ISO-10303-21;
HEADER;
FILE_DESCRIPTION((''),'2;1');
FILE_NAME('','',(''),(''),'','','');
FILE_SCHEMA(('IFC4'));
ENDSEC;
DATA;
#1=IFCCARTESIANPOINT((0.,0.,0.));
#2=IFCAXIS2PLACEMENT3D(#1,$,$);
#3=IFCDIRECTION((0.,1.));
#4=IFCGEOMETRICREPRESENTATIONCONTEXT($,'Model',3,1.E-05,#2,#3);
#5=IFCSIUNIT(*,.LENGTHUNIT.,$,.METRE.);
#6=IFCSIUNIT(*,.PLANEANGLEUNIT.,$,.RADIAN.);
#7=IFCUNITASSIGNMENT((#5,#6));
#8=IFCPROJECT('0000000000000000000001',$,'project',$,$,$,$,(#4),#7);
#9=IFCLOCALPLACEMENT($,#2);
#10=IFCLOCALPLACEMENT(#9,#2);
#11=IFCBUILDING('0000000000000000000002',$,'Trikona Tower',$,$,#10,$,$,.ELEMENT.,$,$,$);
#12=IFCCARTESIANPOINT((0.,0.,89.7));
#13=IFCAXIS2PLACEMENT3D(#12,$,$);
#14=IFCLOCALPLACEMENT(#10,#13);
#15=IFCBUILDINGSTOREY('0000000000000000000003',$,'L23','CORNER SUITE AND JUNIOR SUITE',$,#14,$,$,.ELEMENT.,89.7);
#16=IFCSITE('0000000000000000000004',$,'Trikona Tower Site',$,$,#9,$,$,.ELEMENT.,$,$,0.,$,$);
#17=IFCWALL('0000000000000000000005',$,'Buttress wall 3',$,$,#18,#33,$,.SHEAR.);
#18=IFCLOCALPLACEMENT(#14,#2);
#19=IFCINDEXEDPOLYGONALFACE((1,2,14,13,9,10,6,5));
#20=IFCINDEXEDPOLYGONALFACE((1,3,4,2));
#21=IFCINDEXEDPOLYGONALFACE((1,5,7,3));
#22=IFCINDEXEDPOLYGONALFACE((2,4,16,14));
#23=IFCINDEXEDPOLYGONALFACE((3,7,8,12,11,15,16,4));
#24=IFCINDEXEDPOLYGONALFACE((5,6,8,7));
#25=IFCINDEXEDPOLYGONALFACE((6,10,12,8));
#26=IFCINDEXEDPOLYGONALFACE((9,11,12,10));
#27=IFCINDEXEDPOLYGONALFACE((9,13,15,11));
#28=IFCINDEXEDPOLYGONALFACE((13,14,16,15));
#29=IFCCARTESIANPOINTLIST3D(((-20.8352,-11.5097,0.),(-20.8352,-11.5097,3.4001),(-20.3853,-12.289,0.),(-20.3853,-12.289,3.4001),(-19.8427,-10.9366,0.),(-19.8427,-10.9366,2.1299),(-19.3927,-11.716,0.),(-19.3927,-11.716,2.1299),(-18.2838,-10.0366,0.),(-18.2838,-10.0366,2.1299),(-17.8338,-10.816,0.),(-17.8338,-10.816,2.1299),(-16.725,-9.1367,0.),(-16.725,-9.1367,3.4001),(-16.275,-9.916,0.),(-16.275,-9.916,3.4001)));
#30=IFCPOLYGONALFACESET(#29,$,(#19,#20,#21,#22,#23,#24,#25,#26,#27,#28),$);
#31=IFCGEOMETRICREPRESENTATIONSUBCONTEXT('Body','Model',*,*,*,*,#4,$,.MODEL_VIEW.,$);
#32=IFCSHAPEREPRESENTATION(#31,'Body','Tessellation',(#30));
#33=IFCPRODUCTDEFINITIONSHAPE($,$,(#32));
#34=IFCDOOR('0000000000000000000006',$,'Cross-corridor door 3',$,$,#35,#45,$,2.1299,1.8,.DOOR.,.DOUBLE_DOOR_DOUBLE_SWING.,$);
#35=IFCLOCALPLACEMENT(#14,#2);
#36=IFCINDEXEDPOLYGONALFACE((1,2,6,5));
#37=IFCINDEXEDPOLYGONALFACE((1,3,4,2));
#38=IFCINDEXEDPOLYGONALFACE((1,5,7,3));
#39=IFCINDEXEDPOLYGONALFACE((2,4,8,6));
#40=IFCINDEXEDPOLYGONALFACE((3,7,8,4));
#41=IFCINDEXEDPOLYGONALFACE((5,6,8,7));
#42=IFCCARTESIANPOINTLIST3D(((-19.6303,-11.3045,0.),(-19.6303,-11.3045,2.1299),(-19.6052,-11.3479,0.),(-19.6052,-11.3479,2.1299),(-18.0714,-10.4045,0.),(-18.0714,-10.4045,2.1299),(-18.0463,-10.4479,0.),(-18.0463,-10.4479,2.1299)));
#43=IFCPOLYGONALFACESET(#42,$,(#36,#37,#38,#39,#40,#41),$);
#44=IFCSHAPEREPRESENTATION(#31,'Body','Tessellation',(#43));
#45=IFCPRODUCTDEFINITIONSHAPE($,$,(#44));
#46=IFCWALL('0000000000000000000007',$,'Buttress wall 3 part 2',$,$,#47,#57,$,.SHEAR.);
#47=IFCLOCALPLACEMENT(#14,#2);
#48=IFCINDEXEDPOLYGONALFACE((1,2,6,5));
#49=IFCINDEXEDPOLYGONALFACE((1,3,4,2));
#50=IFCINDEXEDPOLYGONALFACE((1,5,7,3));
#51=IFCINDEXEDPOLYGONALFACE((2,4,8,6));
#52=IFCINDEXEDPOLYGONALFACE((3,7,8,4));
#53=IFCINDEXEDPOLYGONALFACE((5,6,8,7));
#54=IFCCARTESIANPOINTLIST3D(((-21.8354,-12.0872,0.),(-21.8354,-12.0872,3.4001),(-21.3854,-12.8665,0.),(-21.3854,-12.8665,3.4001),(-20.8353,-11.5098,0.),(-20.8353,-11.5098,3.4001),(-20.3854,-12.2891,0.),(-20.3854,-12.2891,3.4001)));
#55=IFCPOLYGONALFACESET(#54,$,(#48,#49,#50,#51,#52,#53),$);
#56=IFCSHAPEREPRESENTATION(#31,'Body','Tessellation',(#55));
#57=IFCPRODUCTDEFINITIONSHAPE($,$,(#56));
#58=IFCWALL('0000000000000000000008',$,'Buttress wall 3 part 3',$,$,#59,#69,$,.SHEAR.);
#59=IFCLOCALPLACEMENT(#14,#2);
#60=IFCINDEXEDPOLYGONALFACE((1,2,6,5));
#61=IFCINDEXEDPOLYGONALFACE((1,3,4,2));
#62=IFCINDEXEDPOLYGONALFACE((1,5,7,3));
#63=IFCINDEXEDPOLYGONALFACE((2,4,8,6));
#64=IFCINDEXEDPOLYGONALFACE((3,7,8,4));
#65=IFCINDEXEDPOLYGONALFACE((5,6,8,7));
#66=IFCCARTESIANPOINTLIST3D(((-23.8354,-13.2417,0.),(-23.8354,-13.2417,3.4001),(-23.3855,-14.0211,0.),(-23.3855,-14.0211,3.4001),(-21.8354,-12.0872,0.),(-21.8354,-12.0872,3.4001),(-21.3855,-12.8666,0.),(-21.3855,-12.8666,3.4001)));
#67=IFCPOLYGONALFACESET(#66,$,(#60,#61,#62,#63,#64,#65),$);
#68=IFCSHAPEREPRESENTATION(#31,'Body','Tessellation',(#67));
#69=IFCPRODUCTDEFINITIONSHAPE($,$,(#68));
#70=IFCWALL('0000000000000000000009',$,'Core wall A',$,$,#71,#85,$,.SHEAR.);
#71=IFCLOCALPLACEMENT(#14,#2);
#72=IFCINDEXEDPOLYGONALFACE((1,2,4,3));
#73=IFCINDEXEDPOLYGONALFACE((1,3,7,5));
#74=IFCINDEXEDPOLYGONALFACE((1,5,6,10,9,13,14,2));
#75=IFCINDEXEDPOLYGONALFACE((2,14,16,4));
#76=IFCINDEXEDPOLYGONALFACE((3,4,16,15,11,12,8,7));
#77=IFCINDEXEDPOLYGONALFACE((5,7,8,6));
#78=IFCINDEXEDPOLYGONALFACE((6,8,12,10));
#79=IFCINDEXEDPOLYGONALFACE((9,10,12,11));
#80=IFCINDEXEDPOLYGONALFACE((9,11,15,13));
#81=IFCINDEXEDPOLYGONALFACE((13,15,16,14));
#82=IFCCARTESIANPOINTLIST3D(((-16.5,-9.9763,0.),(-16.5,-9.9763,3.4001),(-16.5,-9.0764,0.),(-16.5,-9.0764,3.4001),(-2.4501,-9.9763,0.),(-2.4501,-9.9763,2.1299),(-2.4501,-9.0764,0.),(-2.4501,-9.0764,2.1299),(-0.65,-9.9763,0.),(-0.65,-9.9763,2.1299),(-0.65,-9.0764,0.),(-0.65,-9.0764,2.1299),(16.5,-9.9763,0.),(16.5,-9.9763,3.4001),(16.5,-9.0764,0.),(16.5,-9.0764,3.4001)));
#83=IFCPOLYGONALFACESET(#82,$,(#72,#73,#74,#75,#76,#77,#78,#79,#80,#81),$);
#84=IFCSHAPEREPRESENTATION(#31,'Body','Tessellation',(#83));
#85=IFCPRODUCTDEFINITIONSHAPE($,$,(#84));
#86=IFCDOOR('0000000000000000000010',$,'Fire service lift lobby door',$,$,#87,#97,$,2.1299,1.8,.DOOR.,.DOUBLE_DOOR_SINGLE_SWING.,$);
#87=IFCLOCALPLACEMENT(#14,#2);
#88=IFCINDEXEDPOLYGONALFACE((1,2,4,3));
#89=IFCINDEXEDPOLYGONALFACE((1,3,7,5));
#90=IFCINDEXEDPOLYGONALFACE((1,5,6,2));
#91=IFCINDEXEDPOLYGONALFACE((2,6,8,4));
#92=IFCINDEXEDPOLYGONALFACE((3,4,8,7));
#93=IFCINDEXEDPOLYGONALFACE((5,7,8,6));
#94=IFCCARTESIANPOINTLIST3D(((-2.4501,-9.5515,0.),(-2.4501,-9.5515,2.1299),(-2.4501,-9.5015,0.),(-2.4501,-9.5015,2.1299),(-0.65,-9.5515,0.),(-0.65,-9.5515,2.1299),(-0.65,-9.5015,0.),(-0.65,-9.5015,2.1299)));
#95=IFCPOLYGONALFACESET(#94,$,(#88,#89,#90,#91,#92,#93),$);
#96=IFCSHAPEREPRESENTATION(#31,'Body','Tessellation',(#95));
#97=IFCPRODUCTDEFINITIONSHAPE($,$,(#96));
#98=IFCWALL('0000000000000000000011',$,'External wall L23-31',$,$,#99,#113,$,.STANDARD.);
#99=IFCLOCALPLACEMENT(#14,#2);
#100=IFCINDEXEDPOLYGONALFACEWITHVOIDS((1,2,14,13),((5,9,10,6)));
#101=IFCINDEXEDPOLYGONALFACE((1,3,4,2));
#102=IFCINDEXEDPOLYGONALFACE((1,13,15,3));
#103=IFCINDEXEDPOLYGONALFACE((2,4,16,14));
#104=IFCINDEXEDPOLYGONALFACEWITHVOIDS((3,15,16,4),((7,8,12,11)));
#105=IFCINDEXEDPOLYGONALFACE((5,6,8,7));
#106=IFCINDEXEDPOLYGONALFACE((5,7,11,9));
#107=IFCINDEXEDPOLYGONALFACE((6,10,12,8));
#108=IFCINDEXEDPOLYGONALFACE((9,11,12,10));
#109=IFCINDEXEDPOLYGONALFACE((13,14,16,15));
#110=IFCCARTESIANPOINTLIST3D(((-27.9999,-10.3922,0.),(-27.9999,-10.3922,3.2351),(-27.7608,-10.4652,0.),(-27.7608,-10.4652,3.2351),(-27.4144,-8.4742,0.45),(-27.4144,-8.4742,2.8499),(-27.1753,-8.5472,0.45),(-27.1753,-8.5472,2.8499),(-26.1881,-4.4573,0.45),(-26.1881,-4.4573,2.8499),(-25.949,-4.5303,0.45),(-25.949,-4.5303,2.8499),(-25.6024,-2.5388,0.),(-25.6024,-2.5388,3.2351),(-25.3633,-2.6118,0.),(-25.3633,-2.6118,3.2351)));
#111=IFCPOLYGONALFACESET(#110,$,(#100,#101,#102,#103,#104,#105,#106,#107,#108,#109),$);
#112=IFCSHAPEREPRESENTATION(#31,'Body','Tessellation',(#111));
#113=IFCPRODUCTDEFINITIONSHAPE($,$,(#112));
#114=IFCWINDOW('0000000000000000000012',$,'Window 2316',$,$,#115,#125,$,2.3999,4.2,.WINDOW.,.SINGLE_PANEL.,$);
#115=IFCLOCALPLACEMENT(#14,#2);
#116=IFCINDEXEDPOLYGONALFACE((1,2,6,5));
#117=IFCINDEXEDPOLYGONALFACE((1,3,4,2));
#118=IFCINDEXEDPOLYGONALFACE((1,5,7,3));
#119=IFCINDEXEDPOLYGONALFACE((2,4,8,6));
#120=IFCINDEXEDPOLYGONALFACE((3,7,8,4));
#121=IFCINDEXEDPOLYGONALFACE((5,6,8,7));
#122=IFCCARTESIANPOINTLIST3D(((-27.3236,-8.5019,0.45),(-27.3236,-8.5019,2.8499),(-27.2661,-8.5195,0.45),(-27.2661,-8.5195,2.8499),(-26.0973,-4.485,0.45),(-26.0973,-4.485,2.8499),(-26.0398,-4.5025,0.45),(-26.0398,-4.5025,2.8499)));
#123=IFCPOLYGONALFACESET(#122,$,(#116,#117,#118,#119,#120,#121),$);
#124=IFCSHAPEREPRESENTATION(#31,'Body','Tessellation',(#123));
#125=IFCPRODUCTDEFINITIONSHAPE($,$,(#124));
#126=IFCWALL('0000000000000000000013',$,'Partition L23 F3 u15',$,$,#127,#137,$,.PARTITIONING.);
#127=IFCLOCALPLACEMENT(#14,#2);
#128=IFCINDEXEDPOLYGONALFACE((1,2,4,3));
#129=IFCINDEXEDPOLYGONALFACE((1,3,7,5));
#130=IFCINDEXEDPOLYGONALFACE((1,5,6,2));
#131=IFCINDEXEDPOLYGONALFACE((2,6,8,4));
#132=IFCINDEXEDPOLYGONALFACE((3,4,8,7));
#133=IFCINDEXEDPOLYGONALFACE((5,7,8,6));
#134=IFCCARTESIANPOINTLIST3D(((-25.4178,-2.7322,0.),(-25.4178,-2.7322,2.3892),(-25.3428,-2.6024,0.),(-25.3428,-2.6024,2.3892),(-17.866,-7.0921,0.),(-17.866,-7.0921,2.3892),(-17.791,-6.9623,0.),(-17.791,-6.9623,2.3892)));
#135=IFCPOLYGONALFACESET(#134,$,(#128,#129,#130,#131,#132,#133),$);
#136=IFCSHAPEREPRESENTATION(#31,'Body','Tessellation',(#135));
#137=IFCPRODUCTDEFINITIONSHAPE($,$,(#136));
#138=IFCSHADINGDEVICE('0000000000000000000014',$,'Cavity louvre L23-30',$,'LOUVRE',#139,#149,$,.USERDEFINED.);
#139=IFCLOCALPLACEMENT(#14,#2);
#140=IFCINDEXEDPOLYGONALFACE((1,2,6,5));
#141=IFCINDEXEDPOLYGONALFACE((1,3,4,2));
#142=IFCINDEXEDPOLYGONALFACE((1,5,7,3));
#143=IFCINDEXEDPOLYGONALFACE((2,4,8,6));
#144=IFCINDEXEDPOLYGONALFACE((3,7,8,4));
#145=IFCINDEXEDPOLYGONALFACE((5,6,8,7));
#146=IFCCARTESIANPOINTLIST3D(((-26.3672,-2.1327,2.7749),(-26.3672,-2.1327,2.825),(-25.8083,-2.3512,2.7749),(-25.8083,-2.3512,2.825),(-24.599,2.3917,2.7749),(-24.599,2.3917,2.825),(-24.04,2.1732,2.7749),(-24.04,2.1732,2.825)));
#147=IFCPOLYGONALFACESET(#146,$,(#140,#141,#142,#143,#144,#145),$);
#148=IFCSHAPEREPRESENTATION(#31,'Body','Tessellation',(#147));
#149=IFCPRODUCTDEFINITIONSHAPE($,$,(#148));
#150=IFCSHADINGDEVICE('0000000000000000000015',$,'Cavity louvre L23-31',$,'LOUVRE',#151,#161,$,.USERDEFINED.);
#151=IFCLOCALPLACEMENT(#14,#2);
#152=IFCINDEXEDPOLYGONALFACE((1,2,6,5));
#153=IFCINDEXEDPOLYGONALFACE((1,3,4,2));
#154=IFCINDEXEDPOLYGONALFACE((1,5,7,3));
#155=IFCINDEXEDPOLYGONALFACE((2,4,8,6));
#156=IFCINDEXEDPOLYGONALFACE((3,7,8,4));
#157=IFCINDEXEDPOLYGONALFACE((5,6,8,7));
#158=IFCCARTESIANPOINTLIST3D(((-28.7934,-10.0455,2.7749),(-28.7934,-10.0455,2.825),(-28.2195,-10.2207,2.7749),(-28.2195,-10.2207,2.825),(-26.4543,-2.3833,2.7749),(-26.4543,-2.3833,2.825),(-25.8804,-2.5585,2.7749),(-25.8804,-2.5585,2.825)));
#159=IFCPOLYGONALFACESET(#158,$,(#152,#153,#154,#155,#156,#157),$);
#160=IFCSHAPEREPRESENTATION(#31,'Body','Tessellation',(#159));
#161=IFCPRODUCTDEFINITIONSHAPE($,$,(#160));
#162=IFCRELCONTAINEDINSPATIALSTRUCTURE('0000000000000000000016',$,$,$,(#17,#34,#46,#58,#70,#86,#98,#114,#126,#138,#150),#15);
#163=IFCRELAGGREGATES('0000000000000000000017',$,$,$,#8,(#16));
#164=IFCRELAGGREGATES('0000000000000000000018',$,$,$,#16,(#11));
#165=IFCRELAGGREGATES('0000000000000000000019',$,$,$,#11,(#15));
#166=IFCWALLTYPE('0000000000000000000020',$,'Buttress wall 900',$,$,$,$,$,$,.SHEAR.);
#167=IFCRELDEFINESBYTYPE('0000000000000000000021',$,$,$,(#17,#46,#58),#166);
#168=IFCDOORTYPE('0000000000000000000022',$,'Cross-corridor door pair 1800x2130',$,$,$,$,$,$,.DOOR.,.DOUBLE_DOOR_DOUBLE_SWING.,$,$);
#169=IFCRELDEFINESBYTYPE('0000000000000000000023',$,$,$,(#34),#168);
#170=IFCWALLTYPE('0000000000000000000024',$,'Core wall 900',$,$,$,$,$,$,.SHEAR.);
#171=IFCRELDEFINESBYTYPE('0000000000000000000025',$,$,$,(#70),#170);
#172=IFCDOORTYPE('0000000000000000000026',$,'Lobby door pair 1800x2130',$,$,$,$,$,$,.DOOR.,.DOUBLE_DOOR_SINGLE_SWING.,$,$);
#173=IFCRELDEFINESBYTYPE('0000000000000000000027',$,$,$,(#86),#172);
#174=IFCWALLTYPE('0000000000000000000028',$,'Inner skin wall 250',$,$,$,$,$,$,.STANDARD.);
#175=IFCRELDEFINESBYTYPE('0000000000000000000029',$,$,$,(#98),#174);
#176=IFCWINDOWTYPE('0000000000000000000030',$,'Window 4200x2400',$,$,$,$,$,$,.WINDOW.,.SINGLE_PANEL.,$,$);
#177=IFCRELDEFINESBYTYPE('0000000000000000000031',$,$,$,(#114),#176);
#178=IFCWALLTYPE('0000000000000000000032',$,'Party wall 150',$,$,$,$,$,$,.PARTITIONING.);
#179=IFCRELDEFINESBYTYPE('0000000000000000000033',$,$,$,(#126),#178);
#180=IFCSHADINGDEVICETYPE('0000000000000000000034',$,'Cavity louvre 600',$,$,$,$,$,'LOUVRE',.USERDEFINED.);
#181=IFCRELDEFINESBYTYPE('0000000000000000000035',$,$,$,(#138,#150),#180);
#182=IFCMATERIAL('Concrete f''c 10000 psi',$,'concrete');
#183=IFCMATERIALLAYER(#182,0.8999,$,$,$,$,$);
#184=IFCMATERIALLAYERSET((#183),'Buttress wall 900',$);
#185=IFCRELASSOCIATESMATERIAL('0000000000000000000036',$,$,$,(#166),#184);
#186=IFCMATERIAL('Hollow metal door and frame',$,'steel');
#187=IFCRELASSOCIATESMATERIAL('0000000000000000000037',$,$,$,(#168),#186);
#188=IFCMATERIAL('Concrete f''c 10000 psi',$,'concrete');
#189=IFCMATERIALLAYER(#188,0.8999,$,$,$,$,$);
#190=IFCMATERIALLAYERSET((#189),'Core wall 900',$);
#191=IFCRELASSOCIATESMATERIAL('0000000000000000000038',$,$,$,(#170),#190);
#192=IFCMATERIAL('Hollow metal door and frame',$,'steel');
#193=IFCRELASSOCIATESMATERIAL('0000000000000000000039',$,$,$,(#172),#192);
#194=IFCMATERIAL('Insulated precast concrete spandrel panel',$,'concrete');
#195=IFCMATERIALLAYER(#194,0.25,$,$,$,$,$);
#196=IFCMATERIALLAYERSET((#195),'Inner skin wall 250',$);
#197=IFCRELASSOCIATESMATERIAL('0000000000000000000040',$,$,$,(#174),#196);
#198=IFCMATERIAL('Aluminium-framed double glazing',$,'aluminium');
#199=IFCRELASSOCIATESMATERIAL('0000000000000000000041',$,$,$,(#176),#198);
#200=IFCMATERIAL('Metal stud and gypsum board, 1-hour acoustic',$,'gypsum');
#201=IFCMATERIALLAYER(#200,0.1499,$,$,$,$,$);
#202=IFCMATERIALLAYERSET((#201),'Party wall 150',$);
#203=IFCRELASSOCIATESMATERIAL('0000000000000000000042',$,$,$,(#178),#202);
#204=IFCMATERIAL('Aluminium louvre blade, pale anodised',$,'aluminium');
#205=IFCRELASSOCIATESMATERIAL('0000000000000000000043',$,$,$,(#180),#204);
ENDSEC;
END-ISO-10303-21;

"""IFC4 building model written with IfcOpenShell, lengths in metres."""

from ifc_helpers import new_model, si_unit, direction, frame, frame_2d, origin, origin_2d, place, context, subcontext, project, spatial, rectangle, extrude, material, layer, layer_set, type_object, element, fill, save


model = new_model("IFC4")

# Units and contexts
model_context = context("Model", 3, precision=1e-05, world=origin(), true_north=direction((0.0, 1.0)))
body_context = subcontext(model_context, "Body", "Model", "MODEL_VIEW")
ifc_project = project(units=[si_unit("LENGTHUNIT", "METRE"), si_unit("PLANEANGLEUNIT", "RADIAN")], contexts=[model_context])

# Site, building, storey
site_placement = place(None, origin())
site = spatial("IfcSite", under=ifc_project, at=site_placement, Name="Trikona Tower Site", CompositionType="ELEMENT", RefElevation=0.0)
building_placement = place(site_placement, origin())
building = spatial("IfcBuilding", under=site, at=building_placement, Name="Trikona Tower", CompositionType="ELEMENT")
storey_placement = place(building_placement, frame((0.0, 0.0, 89.7)))
storey = spatial("IfcBuildingStorey", under=building, at=storey_placement, Name="L23", Description="CORNER SUITE AND JUNIOR SUITE", CompositionType="ELEMENT", Elevation=89.7)

# Wall, opening, door
ifc_material_1 = material(Name="Concrete f'c 10000 psi", Category="concrete")
ifc_layer_1 = layer(ifc_material_1, 0.8999)
ifc_layer_set_1 = layer_set([ifc_layer_1], Name="Buttress wall 900")
wall_type_1 = type_object("IfcWallType", Name="Buttress wall 900", PredefinedType="SHEAR", material=ifc_layer_set_1)
wall_1_placement = place(storey_placement, frame((-16.5, -9.5264, 0.0), z_axis=(0.0, 0.0, 1.0), x_axis=(-0.866031, -0.49999, 0.0)))
wall_1 = element("IfcWall", 1, at=wall_1_placement, inside=storey, type_object=wall_type_1, Name="Buttress wall 3", PredefinedType="SHEAR", context=body_context, shape_type="SweptSolid", body=[
    extrude(rectangle(XDim=4.7461, YDim=0.8999, at=frame_2d((2.373, 0.0))), origin(), (0.0, 0.0, 1.0), 3.4001),
])
opening_1_placement = place(wall_1_placement, frame((1.8, 0.0, 0.0)))
opening_1 = element("IfcOpeningElement", 2, at=opening_1_placement, cuts=wall_1, PredefinedType="OPENING", context=body_context, shape_type="SweptSolid", body=[
    extrude(rectangle(XDim=1.8, YDim=2.1299, at=frame_2d((0.8999, 1.0649))), frame((0.0, 0.46, 0.0), z_axis=(0.0, -1.0, 0.0), x_axis=(1.0, 0.0, 0.0)), (0.0, 0.0, 1.0), 0.9199),
])
ifc_material_2 = material(Name="Hollow metal door and frame", Category="steel")
door_type_1 = type_object("IfcDoorType", Name="Cross-corridor door pair 1800x2130", OperationType="DOUBLE_DOOR_DOUBLE_SWING", PredefinedType="DOOR", material=ifc_material_2)
door_1_placement = place(opening_1_placement, origin())
door_1 = element("IfcDoor", 3, at=door_1_placement, inside=storey, type_object=door_type_1, Name="Cross-corridor door 3", OperationType="DOUBLE_DOOR_DOUBLE_SWING", OverallHeight=2.1299, OverallWidth=1.8, PredefinedType="DOOR", context=body_context, shape_type="SweptSolid", body=[
    extrude(rectangle(XDim=1.8, YDim=2.1299, at=frame_2d((0.8999, 1.0649))), frame((0.0, 0.0249, 0.0), z_axis=(0.0, -1.0, 0.0), x_axis=(1.0, 0.0, 0.0)), (0.0, 0.0, 1.0), 0.05),
])
fill(opening_1, door_1)

# Walls
wall_2_placement = place(storey_placement, frame((-20.6104, -11.8994, 0.0), z_axis=(0.0, 0.0, 1.0), x_axis=(-0.86601, -0.500027, 0.0)))
element("IfcWall", 4, at=wall_2_placement, inside=storey, type_object=wall_type_1, Name="Buttress wall 3 part 2", PredefinedType="SHEAR", context=body_context, shape_type="SweptSolid", body=[
    extrude(rectangle(XDim=1.1548, YDim=0.8999, at=frame_2d((0.5774, 0.0))), origin(), (0.0, 0.0, 1.0), 3.4001),
])
wall_3_placement = place(storey_placement, frame((-21.6104, -12.4768, 0.0), z_axis=(0.0, 0.0, 1.0), x_axis=(-0.866055, -0.499948, 0.0)))
element("IfcWall", 5, at=wall_3_placement, inside=storey, type_object=wall_type_1, Name="Buttress wall 3 part 3", PredefinedType="SHEAR", context=body_context, shape_type="SweptSolid", body=[
    extrude(rectangle(XDim=2.3093, YDim=0.8999, at=frame_2d((1.1548, 0.0))), origin(), (0.0, 0.0, 1.0), 3.4001),
])

# Wall, opening, door
ifc_material_3 = material(Name="Concrete f'c 10000 psi", Category="concrete")
ifc_layer_2 = layer(ifc_material_3, 0.8999)
ifc_layer_set_2 = layer_set([ifc_layer_2], Name="Core wall 900")
wall_type_2 = type_object("IfcWallType", Name="Core wall 900", PredefinedType="SHEAR", material=ifc_layer_set_2)
wall_4_placement = place(storey_placement, frame((-16.5, -9.5264, 0.0), z_axis=(0.0, 0.0, 1.0), x_axis=(1.0, 0.0, 0.0)))
wall_4 = element("IfcWall", 6, at=wall_4_placement, inside=storey, type_object=wall_type_2, Name="Core wall A", PredefinedType="SHEAR", context=body_context, shape_type="SweptSolid", body=[
    extrude(rectangle(XDim=33.0, YDim=0.8999, at=frame_2d((16.5, 0.0))), origin(), (0.0, 0.0, 1.0), 3.4001),
])
opening_2_placement = place(wall_4_placement, frame((14.05, 0.0, 0.0)))
opening_2 = element("IfcOpeningElement", 7, at=opening_2_placement, cuts=wall_4, PredefinedType="OPENING", context=body_context, shape_type="SweptSolid", body=[
    extrude(rectangle(XDim=1.8, YDim=2.1299, at=frame_2d((0.8999, 1.0649))), frame((0.0, 0.46, 0.0), z_axis=(0.0, -1.0, 0.0), x_axis=(1.0, 0.0, 0.0)), (0.0, 0.0, 1.0), 0.9199),
])
ifc_material_4 = material(Name="Hollow metal door and frame", Category="steel")
door_type_2 = type_object("IfcDoorType", Name="Lobby door pair 1800x2130", OperationType="DOUBLE_DOOR_SINGLE_SWING", PredefinedType="DOOR", material=ifc_material_4)
door_2_placement = place(opening_2_placement, origin())
door_2 = element("IfcDoor", 8, at=door_2_placement, inside=storey, type_object=door_type_2, Name="Fire service lift lobby door", OperationType="DOUBLE_DOOR_SINGLE_SWING", OverallHeight=2.1299, OverallWidth=1.8, PredefinedType="DOOR", context=body_context, shape_type="SweptSolid", body=[
    extrude(rectangle(XDim=1.8, YDim=2.1299, at=frame_2d((0.8999, 1.0649))), frame((0.0, 0.0249, 0.0), z_axis=(0.0, -1.0, 0.0), x_axis=(1.0, 0.0, 0.0)), (0.0, 0.0, 1.0), 0.05),
])
fill(opening_2, door_2)

# Wall, opening, window
ifc_material_5 = material(Name="Insulated precast concrete spandrel panel", Category="concrete")
ifc_layer_3 = layer(ifc_material_5, 0.25)
ifc_layer_set_3 = layer_set([ifc_layer_3], Name="Inner skin wall 250")
wall_type_3 = type_object("IfcWallType", Name="Inner skin wall 250", PredefinedType="STANDARD", material=ifc_layer_set_3)
wall_5_placement = place(storey_placement, frame((-25.4829, -2.5754, 0.0), z_axis=(0.0, 0.0, 1.0), x_axis=(-0.291979, -0.956425, 0.0)))
wall_5 = element("IfcWall", 9, at=wall_5_placement, inside=storey, type_object=wall_type_3, Name="External wall L23-31", PredefinedType="STANDARD", context=body_context, shape_type="SweptSolid", body=[
    extrude(rectangle(XDim=8.2112, YDim=0.25, at=frame_2d((4.1055, 0.0))), origin(), (0.0, 0.0, 1.0), 3.2351),
])
opening_3_placement = place(wall_5_placement, frame((2.0056, 0.0, 0.45)))
opening_3 = element("IfcOpeningElement", 10, at=opening_3_placement, cuts=wall_5, PredefinedType="OPENING", context=body_context, shape_type="SweptSolid", body=[
    extrude(rectangle(XDim=4.2, YDim=2.3999, at=frame_2d((2.1001, 1.2))), frame((0.0, 0.135, 0.0), z_axis=(0.0, -1.0, 0.0), x_axis=(1.0, 0.0, 0.0)), (0.0, 0.0, 1.0), 0.27),
])
ifc_material_6 = material(Name="Aluminium-framed double glazing", Category="aluminium")
window_type_1 = type_object("IfcWindowType", Name="Window 4200x2400", PartitioningType="SINGLE_PANEL", PredefinedType="WINDOW", material=ifc_material_6)
window_1_placement = place(opening_3_placement, origin())
window_1 = element("IfcWindow", 11, at=window_1_placement, inside=storey, type_object=window_type_1, Name="Window 2316", OverallHeight=2.3999, OverallWidth=4.2, PartitioningType="SINGLE_PANEL", PredefinedType="WINDOW", context=body_context, shape_type="SweptSolid", body=[
    extrude(rectangle(XDim=4.2, YDim=2.3999, at=frame_2d((2.1001, 1.2))), frame((0.0, 0.03, 0.0), z_axis=(0.0, -1.0, 0.0), x_axis=(1.0, 0.0, 0.0)), (0.0, 0.0, 1.0), 0.0601),
])
fill(opening_3, window_1)

# Wall
ifc_material_7 = material(Name="Metal stud and gypsum board, 1-hour acoustic", Category="gypsum")
ifc_layer_4 = layer(ifc_material_7, 0.1499)
ifc_layer_set_4 = layer_set([ifc_layer_4], Name="Party wall 150")
wall_type_4 = type_object("IfcWallType", Name="Party wall 150", PredefinedType="PARTITIONING", material=ifc_layer_set_4)
wall_6_placement = place(storey_placement, frame((-17.8286, -7.0271, 0.0), z_axis=(0.0, 0.0, 1.0), x_axis=(-0.866033, 0.499987, 0.0)))
element("IfcWall", 12, at=wall_6_placement, inside=storey, type_object=wall_type_4, Name="Partition L23 F3 u15", PredefinedType="PARTITIONING", context=body_context, shape_type="SweptSolid", body=[
    extrude(rectangle(XDim=8.72, YDim=0.1499, at=frame_2d((4.3599, 0.0))), origin(), (0.0, 0.0, 1.0), 2.3892),
])

# Shading devices
ifc_material_8 = material(Name="Aluminium louvre blade, pale anodised", Category="aluminium")
shading_device_type = type_object("IfcShadingDeviceType", Name="Cavity louvre 600", ElementType="LOUVRE", PredefinedType="USERDEFINED", material=ifc_material_8)
shading_device_1_placement = place(storey_placement, frame((-25.2036, 0.0203, 2.7749), z_axis=(0.0, 0.0, 1.0), x_axis=(-0.364009, -0.931395, 0.0)))
element("IfcShadingDevice", 13, at=shading_device_1_placement, inside=storey, type_object=shading_device_type, Name="Cavity louvre L23-30", ObjectType="LOUVRE", PredefinedType="USERDEFINED", context=body_context, shape_type="SweptSolid", body=[
    extrude(rectangle(XDim=4.8577, YDim=0.6001, at=origin_2d()), origin(), (0.0, 0.0, 1.0), 0.05),
])
shading_device_2_placement = place(storey_placement, frame((-27.3369, -6.302, 2.7749), z_axis=(0.0, 0.0, 1.0), x_axis=(-0.291979, -0.956425, 0.0)))
element("IfcShadingDevice", 14, at=shading_device_2_placement, inside=storey, type_object=shading_device_type, Name="Cavity louvre L23-31", ObjectType="LOUVRE", PredefinedType="USERDEFINED", context=body_context, shape_type="SweptSolid", body=[
    extrude(rectangle(XDim=8.0112, YDim=0.6001, at=origin_2d()), origin(), (0.0, 0.0, 1.0), 0.05),
])

save(model, "model.ifc")
